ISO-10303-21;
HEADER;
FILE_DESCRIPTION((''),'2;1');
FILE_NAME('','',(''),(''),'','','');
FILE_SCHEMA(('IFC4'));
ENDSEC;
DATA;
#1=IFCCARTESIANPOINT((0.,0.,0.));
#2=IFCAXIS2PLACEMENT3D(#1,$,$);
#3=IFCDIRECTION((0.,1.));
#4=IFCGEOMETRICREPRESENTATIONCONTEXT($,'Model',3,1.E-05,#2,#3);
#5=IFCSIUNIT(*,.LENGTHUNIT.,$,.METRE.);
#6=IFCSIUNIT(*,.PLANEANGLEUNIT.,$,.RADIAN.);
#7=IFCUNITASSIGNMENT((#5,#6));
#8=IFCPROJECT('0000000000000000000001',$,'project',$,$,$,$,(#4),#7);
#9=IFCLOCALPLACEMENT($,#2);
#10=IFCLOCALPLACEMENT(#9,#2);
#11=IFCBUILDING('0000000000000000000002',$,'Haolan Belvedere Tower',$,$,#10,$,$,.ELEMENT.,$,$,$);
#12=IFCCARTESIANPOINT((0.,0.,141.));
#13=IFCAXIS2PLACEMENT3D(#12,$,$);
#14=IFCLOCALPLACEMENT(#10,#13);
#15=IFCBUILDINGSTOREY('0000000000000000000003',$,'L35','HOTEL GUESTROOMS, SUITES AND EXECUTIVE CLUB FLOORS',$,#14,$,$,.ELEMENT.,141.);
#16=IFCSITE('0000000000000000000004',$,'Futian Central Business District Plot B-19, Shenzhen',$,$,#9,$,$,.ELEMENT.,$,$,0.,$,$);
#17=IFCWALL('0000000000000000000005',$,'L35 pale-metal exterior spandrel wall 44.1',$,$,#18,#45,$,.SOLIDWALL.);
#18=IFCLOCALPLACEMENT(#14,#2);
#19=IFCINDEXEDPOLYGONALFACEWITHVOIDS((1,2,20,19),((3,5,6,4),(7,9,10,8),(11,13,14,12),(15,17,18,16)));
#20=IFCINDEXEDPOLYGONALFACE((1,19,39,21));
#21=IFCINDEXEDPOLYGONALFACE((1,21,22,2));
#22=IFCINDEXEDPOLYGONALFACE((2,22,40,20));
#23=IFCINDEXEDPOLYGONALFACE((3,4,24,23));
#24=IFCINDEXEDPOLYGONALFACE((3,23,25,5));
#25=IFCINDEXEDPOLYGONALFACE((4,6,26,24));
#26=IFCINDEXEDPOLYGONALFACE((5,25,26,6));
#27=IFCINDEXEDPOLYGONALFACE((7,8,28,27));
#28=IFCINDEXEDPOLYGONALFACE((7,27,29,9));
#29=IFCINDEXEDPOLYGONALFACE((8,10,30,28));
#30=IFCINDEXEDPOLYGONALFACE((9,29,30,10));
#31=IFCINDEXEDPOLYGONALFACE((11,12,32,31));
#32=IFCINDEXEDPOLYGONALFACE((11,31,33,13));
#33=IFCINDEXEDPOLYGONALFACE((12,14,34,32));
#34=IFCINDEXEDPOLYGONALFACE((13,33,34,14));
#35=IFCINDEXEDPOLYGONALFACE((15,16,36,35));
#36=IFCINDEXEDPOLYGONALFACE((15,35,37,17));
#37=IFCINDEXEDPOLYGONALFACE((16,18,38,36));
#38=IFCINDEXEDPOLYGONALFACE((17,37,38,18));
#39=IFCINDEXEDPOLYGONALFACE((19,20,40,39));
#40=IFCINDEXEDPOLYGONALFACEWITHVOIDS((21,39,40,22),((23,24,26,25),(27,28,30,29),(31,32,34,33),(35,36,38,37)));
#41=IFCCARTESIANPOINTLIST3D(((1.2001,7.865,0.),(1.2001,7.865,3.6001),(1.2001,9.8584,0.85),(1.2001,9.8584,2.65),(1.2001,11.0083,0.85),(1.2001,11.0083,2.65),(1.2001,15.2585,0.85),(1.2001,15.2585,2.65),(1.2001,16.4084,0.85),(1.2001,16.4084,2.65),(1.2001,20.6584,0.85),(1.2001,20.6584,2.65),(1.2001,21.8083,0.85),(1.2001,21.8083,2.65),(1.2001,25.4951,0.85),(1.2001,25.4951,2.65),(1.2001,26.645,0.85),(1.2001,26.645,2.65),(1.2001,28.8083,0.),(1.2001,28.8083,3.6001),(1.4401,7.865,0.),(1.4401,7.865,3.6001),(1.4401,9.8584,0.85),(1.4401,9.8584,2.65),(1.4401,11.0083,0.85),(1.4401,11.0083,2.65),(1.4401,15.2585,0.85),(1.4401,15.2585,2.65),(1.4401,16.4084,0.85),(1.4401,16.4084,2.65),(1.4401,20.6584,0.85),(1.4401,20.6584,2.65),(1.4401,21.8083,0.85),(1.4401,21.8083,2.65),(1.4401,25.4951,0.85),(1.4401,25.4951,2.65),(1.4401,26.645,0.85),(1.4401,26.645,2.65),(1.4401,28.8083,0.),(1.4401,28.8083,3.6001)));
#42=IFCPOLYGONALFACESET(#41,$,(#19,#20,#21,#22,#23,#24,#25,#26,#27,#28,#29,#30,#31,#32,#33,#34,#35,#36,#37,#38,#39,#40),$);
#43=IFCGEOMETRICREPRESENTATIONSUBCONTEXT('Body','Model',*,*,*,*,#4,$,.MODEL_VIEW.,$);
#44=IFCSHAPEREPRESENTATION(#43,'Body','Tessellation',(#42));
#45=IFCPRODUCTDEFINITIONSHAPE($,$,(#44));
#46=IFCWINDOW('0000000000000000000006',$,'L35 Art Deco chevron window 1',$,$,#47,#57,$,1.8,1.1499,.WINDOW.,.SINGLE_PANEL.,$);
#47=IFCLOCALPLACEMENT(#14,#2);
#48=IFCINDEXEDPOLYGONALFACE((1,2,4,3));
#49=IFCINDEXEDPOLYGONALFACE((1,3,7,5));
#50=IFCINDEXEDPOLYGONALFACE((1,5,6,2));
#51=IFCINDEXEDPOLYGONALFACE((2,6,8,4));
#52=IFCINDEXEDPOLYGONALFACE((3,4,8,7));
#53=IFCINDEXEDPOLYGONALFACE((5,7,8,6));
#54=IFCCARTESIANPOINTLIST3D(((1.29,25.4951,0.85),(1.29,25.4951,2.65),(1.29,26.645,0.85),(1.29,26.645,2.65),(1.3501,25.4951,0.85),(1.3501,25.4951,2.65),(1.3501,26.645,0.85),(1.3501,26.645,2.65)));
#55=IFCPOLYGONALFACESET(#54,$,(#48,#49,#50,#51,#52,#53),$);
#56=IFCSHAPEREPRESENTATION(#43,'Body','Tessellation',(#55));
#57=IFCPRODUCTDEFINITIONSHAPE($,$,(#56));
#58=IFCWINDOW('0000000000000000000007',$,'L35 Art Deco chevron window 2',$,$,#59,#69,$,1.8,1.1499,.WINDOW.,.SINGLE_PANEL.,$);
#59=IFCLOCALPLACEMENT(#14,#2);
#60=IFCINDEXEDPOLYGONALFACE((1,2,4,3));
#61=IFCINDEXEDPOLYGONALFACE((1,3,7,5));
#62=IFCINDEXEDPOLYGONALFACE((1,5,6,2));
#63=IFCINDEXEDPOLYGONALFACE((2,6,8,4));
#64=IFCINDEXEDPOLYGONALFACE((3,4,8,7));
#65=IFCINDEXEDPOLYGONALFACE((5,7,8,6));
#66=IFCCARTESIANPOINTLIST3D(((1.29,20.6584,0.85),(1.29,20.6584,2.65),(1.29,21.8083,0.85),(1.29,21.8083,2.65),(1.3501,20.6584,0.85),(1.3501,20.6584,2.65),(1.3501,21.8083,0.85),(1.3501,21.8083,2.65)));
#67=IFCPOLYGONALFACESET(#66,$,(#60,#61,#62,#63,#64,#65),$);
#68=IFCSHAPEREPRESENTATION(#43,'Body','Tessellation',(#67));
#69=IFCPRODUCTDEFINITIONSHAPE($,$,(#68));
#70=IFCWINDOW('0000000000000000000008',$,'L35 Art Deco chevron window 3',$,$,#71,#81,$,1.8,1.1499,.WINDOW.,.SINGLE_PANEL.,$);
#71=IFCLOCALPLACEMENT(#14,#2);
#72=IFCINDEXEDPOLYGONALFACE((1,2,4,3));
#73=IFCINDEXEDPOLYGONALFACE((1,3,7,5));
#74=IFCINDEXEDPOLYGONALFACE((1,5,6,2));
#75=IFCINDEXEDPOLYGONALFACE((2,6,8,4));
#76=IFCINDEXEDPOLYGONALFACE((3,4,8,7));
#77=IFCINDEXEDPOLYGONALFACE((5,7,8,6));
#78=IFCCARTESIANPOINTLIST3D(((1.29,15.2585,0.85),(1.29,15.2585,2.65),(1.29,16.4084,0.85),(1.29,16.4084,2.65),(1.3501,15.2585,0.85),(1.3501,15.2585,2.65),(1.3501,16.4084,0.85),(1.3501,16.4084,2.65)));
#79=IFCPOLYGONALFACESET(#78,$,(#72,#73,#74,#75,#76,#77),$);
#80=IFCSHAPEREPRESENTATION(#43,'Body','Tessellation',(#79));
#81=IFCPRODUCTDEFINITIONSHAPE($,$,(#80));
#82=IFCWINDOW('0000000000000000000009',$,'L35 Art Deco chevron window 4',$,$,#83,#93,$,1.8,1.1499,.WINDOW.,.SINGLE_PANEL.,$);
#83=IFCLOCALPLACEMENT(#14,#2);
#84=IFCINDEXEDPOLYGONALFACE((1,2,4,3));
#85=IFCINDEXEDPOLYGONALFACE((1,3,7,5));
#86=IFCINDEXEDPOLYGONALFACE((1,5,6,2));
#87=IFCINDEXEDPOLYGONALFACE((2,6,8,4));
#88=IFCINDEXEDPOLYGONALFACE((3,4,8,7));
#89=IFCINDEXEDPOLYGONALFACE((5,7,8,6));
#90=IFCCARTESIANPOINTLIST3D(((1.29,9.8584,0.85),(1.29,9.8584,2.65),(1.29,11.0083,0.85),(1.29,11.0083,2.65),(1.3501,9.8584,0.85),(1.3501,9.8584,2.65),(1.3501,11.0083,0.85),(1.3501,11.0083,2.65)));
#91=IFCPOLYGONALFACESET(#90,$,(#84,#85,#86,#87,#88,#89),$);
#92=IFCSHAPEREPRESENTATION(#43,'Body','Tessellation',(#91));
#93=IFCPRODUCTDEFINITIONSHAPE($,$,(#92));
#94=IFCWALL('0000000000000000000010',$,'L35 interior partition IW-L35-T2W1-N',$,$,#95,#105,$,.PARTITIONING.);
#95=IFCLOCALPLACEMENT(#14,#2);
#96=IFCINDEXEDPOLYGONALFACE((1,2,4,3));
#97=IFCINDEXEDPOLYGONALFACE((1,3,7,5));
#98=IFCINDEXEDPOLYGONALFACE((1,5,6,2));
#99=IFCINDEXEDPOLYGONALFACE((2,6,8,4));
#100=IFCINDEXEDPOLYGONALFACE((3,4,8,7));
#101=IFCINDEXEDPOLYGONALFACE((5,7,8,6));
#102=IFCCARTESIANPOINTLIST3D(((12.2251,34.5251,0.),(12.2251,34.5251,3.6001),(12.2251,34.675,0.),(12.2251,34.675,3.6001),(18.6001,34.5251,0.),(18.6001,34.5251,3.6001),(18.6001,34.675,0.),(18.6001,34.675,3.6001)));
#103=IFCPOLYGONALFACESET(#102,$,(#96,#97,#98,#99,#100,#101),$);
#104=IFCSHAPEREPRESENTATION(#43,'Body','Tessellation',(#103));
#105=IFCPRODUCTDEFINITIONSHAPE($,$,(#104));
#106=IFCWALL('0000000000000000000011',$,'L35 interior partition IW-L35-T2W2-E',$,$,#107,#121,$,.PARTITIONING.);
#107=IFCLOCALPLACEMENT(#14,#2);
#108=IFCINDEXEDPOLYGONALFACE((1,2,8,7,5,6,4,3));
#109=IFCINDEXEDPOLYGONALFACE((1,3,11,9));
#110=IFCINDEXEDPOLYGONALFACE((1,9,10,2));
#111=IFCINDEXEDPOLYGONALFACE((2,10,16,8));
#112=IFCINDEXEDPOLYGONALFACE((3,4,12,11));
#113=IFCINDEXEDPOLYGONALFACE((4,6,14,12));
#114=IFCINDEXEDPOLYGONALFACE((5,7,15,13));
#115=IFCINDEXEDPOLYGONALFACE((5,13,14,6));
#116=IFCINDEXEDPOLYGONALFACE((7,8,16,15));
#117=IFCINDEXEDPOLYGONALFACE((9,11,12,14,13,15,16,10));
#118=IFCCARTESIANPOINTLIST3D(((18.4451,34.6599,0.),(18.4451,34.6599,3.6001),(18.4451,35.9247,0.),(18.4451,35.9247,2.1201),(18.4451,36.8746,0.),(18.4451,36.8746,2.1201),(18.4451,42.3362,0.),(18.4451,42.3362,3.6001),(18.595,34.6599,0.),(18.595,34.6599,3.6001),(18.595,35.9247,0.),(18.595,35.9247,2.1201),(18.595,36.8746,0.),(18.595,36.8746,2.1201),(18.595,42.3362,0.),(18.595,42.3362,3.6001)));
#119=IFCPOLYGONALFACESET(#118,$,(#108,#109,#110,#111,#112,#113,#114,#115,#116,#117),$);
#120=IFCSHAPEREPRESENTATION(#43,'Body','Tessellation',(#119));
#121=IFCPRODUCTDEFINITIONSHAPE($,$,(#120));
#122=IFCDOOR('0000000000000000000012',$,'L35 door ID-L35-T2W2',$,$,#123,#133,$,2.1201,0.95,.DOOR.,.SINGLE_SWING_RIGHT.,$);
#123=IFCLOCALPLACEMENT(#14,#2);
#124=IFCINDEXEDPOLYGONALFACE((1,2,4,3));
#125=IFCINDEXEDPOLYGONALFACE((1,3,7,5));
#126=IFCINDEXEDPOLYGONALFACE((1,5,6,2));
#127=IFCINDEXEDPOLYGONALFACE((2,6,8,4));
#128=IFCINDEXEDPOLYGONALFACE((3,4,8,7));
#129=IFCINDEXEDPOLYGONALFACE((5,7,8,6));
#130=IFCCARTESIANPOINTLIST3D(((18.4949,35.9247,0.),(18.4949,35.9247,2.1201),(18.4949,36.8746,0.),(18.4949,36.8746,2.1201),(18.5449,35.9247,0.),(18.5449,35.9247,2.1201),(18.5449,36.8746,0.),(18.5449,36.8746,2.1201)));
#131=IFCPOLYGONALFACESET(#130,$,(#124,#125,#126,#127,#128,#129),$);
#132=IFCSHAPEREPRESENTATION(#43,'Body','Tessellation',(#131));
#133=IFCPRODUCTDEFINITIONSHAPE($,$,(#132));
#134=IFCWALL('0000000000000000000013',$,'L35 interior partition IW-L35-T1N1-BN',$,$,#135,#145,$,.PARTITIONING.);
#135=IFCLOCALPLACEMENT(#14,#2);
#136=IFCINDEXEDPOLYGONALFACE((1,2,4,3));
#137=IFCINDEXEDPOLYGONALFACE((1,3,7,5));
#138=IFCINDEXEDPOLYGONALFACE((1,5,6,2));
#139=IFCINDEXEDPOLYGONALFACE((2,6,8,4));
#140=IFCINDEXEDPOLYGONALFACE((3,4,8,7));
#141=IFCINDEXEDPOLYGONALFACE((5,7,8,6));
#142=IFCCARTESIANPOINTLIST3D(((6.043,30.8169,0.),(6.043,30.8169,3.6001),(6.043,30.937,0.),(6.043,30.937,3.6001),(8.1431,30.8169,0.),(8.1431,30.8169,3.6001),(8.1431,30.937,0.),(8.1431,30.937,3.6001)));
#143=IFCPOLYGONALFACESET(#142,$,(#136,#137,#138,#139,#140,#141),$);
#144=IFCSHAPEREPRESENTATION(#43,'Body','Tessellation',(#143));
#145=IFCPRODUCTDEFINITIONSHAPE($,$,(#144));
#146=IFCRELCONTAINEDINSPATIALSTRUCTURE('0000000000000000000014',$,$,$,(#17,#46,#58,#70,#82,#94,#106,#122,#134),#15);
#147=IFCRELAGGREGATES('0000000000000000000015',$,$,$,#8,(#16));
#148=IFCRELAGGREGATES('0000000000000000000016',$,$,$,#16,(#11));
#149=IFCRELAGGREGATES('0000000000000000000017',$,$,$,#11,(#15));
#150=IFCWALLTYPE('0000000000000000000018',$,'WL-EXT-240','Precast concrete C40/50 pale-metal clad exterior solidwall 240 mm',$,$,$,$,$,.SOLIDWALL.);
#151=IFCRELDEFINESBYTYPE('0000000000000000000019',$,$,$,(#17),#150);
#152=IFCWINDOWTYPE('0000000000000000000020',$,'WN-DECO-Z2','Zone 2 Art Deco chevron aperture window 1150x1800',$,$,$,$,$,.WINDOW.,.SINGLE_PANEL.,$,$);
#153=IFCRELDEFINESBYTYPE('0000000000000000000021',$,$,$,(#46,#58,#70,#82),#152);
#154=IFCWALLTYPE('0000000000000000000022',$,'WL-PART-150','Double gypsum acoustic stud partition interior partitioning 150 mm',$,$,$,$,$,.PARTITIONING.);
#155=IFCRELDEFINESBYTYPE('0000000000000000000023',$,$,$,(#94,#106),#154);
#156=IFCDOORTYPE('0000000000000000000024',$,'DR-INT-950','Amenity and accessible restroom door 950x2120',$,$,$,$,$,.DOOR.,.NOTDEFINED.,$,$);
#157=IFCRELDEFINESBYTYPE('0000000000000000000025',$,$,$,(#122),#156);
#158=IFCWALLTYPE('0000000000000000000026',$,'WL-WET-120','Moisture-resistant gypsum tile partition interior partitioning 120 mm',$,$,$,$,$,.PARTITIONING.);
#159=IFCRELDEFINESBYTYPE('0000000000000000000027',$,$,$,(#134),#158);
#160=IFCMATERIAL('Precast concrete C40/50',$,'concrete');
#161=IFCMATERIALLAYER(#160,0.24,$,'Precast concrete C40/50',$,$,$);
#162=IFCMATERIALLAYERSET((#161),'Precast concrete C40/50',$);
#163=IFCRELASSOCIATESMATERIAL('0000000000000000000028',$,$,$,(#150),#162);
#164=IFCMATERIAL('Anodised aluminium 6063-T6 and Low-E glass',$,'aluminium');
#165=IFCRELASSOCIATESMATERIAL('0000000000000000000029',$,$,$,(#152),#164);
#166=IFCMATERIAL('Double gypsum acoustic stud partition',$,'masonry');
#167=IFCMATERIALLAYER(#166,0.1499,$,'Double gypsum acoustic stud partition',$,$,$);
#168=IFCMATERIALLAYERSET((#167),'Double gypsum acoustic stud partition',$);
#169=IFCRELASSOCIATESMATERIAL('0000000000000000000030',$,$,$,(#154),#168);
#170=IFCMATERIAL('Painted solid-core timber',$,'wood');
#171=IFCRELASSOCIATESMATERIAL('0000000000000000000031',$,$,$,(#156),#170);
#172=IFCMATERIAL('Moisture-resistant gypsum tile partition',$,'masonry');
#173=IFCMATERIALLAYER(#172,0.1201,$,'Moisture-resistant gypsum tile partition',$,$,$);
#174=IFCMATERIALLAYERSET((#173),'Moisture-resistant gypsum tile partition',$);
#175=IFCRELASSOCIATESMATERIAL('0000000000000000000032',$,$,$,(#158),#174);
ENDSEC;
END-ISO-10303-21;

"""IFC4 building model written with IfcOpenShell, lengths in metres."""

from ifc_helpers import new_model, si_unit, direction, frame, frame_2d, origin, place, context, subcontext, project, spatial, rectangle, extrude, material, layer, layer_set, type_object, element, fill, save


model = new_model("IFC4")

# Units and contexts
model_context = context("Model", 3, precision=1e-05, world=origin(), true_north=direction((0.0, 1.0)))
body_context = subcontext(model_context, "Body", "Model", "MODEL_VIEW")
ifc_project = project(units=[si_unit("LENGTHUNIT", "METRE"), si_unit("PLANEANGLEUNIT", "RADIAN")], contexts=[model_context])

# Site, building, storey
site_placement = place(None, origin())
site = spatial("IfcSite", under=ifc_project, at=site_placement, Name="Futian Central Business District Plot B-19, Shenzhen", CompositionType="ELEMENT", RefElevation=0.0)
building_placement = place(site_placement, origin())
building = spatial("IfcBuilding", under=site, at=building_placement, Name="Haolan Belvedere Tower", CompositionType="ELEMENT")
storey_placement = place(building_placement, frame((0.0, 0.0, 141.0)))
storey = spatial("IfcBuildingStorey", under=building, at=storey_placement, Name="L35", Description="HOTEL GUESTROOMS, SUITES AND EXECUTIVE CLUB FLOORS", CompositionType="ELEMENT", Elevation=141.0)

# Shared definitions
ifc_material_1 = material(Name="Precast concrete C40/50", Category="concrete")
ifc_layer_1 = layer(ifc_material_1, 0.24, Name="Precast concrete C40/50")
ifc_layer_set_1 = layer_set([ifc_layer_1], Name="Precast concrete C40/50")
wall_type_1 = type_object("IfcWallType", Name="WL-EXT-240", Description="Precast concrete C40/50 pale-metal clad exterior solidwall 240 mm", PredefinedType="SOLIDWALL", material=ifc_layer_set_1)

# Shared definitions
ifc_material_2 = material(Name="Anodised aluminium 6063-T6 and Low-E glass", Category="aluminium")
window_type = type_object("IfcWindowType", Name="WN-DECO-Z2", Description="Zone 2 Art Deco chevron aperture window 1150x1800", PartitioningType="SINGLE_PANEL", PredefinedType="WINDOW", material=ifc_material_2)

# Wall, openings, windows
wall_1_placement = place(storey_placement, frame((1.3201, 28.8083, 0.0), z_axis=(0.0, 0.0, 1.0), x_axis=(0.0, -1.0, 0.0)))
wall_1 = element("IfcWall", 1, at=wall_1_placement, inside=storey, type_object=wall_type_1, Name="L35 pale-metal exterior spandrel wall 44.1", PredefinedType="SOLIDWALL", context=body_context, shape_type="SweptSolid", body=[
    extrude(rectangle(XDim=20.9434, YDim=0.24, at=frame_2d((10.4717, 0.0))), origin(), (0.0, 0.0, 1.0), 3.6001),
])
opening_1_placement = place(wall_1_placement, frame((2.1633, 0.0, 0.8501)))
opening_1 = element("IfcOpeningElement", 2, at=opening_1_placement, cuts=wall_1, PredefinedType="OPENING", context=body_context, shape_type="SweptSolid", body=[
    extrude(rectangle(XDim=1.1499, YDim=1.8, at=frame_2d((0.575, 0.8999))), frame((0.0, 0.1299, 0.0), z_axis=(0.0, -1.0, 0.0), x_axis=(1.0, 0.0, 0.0)), (0.0, 0.0, 1.0), 0.26),
])
opening_2_placement = place(wall_1_placement, frame((7.0, 0.0, 0.8501)))
opening_2 = element("IfcOpeningElement", 3, at=opening_2_placement, cuts=wall_1, PredefinedType="OPENING", context=body_context, shape_type="SweptSolid", body=[
    extrude(rectangle(XDim=1.1499, YDim=1.8, at=frame_2d((0.575, 0.8999))), frame((0.0, 0.1299, 0.0), z_axis=(0.0, -1.0, 0.0), x_axis=(1.0, 0.0, 0.0)), (0.0, 0.0, 1.0), 0.26),
])
opening_3_placement = place(wall_1_placement, frame((12.3999, 0.0, 0.8501)))
opening_3 = element("IfcOpeningElement", 4, at=opening_3_placement, cuts=wall_1, PredefinedType="OPENING", context=body_context, shape_type="SweptSolid", body=[
    extrude(rectangle(XDim=1.1499, YDim=1.8, at=frame_2d((0.575, 0.8999))), frame((0.0, 0.1299, 0.0), z_axis=(0.0, -1.0, 0.0), x_axis=(1.0, 0.0, 0.0)), (0.0, 0.0, 1.0), 0.26),
])
opening_4_placement = place(wall_1_placement, frame((17.8, 0.0, 0.8501)))
opening_4 = element("IfcOpeningElement", 5, at=opening_4_placement, cuts=wall_1, PredefinedType="OPENING", context=body_context, shape_type="SweptSolid", body=[
    extrude(rectangle(XDim=1.1499, YDim=1.8, at=frame_2d((0.575, 0.8999))), frame((0.0, 0.1299, 0.0), z_axis=(0.0, -1.0, 0.0), x_axis=(1.0, 0.0, 0.0)), (0.0, 0.0, 1.0), 0.26),
])
window_1_placement = place(opening_1_placement, origin())
window_1 = element("IfcWindow", 6, at=window_1_placement, inside=storey, type_object=window_type, Name="L35 Art Deco chevron window 1", OverallHeight=1.8, OverallWidth=1.1499, PartitioningType="SINGLE_PANEL", PredefinedType="WINDOW", context=body_context, shape_type="SweptSolid", body=[
    extrude(rectangle(XDim=1.1499, YDim=1.8, at=frame_2d((0.575, 0.8999))), frame((0.0, 0.03, 0.0), z_axis=(0.0, -1.0, 0.0), x_axis=(1.0, 0.0, 0.0)), (0.0, 0.0, 1.0), 0.0601),
])
fill(opening_1, window_1)
window_2_placement = place(opening_2_placement, origin())
window_2 = element("IfcWindow", 7, at=window_2_placement, inside=storey, type_object=window_type, Name="L35 Art Deco chevron window 2", OverallHeight=1.8, OverallWidth=1.1499, PartitioningType="SINGLE_PANEL", PredefinedType="WINDOW", context=body_context, shape_type="SweptSolid", body=[
    extrude(rectangle(XDim=1.1499, YDim=1.8, at=frame_2d((0.575, 0.8999))), frame((0.0, 0.03, 0.0), z_axis=(0.0, -1.0, 0.0), x_axis=(1.0, 0.0, 0.0)), (0.0, 0.0, 1.0), 0.0601),
])
fill(opening_2, window_2)
window_3_placement = place(opening_3_placement, origin())
window_3 = element("IfcWindow", 8, at=window_3_placement, inside=storey, type_object=window_type, Name="L35 Art Deco chevron window 3", OverallHeight=1.8, OverallWidth=1.1499, PartitioningType="SINGLE_PANEL", PredefinedType="WINDOW", context=body_context, shape_type="SweptSolid", body=[
    extrude(rectangle(XDim=1.1499, YDim=1.8, at=frame_2d((0.575, 0.8999))), frame((0.0, 0.03, 0.0), z_axis=(0.0, -1.0, 0.0), x_axis=(1.0, 0.0, 0.0)), (0.0, 0.0, 1.0), 0.0601),
])
fill(opening_3, window_3)
window_4_placement = place(opening_4_placement, origin())
window_4 = element("IfcWindow", 9, at=window_4_placement, inside=storey, type_object=window_type, Name="L35 Art Deco chevron window 4", OverallHeight=1.8, OverallWidth=1.1499, PartitioningType="SINGLE_PANEL", PredefinedType="WINDOW", context=body_context, shape_type="SweptSolid", body=[
    extrude(rectangle(XDim=1.1499, YDim=1.8, at=frame_2d((0.575, 0.8999))), frame((0.0, 0.03, 0.0), z_axis=(0.0, -1.0, 0.0), x_axis=(1.0, 0.0, 0.0)), (0.0, 0.0, 1.0), 0.0601),
])
fill(opening_4, window_4)

# Wall
ifc_material_3 = material(Name="Double gypsum acoustic stud partition", Category="masonry")
ifc_layer_2 = layer(ifc_material_3, 0.1499, Name="Double gypsum acoustic stud partition")
ifc_layer_set_2 = layer_set([ifc_layer_2], Name="Double gypsum acoustic stud partition")
wall_type_2 = type_object("IfcWallType", Name="WL-PART-150", Description="Double gypsum acoustic stud partition interior partitioning 150 mm", PredefinedType="PARTITIONING", material=ifc_layer_set_2)
wall_2_placement = place(storey_placement, frame((12.2251, 34.6001, 0.0), z_axis=(0.0, 0.0, 1.0), x_axis=(1.0, 0.0, 0.0)))
element("IfcWall", 10, at=wall_2_placement, inside=storey, type_object=wall_type_2, Name="L35 interior partition IW-L35-T2W1-N", PredefinedType="PARTITIONING", context=body_context, shape_type="SweptSolid", body=[
    extrude(rectangle(XDim=6.375, YDim=0.1499, at=frame_2d((3.1875, 0.0))), origin(), (0.0, 0.0, 1.0), 3.6001),
])

# Wall, opening, door
wall_3_placement = place(storey_placement, frame((18.52, 34.6599, 0.0), z_axis=(0.0, 0.0, 1.0), x_axis=(0.0, 1.0, 0.0)))
wall_3 = element("IfcWall", 11, at=wall_3_placement, inside=storey, type_object=wall_type_2, Name="L35 interior partition IW-L35-T2W2-E", PredefinedType="PARTITIONING", context=body_context, shape_type="SweptSolid", body=[
    extrude(rectangle(XDim=7.6763, YDim=0.1499, at=frame_2d((3.8381, 0.0))), origin(), (0.0, 0.0, 1.0), 3.6001),
])
opening_5_placement = place(wall_3_placement, frame((2.2148, 0.0, 0.0), z_axis=(0.0, 0.0, 1.0), x_axis=(-1.0, 0.0, 0.0)))
opening_5 = element("IfcOpeningElement", 12, at=opening_5_placement, cuts=wall_3, PredefinedType="OPENING", context=body_context, shape_type="SweptSolid", body=[
    extrude(rectangle(XDim=0.95, YDim=2.1201, at=frame_2d((0.4751, 1.0601))), frame((0.0, 0.085, 0.0), z_axis=(0.0, -1.0, 0.0), x_axis=(1.0, 0.0, 0.0)), (0.0, 0.0, 1.0), 0.1699),
])
ifc_material_4 = material(Name="Painted solid-core timber", Category="wood")
door_type_1 = type_object("IfcDoorType", Name="DR-INT-950", Description="Amenity and accessible restroom door 950x2120", OperationType="NOTDEFINED", PredefinedType="DOOR", material=ifc_material_4)
door_1_placement = place(opening_5_placement, origin())
door_1 = element("IfcDoor", 13, at=door_1_placement, inside=storey, type_object=door_type_1, Name="L35 door ID-L35-T2W2", OperationType="SINGLE_SWING_RIGHT", OverallHeight=2.1201, OverallWidth=0.95, PredefinedType="DOOR", context=body_context, shape_type="SweptSolid", body=[
    extrude(rectangle(XDim=0.95, YDim=2.1201, at=frame_2d((0.4751, 1.0601))), frame((0.0, 0.0249, 0.0), z_axis=(0.0, -1.0, 0.0), x_axis=(1.0, 0.0, 0.0)), (0.0, 0.0, 1.0), 0.05),
])
fill(opening_5, door_1)

# Wall
ifc_material_5 = material(Name="Moisture-resistant gypsum tile partition", Category="masonry")
ifc_layer_3 = layer(ifc_material_5, 0.1201, Name="Moisture-resistant gypsum tile partition")
ifc_layer_set_3 = layer_set([ifc_layer_3], Name="Moisture-resistant gypsum tile partition")
wall_type_3 = type_object("IfcWallType", Name="WL-WET-120", Description="Moisture-resistant gypsum tile partition interior partitioning 120 mm", PredefinedType="PARTITIONING", material=ifc_layer_set_3)
wall_4_placement = place(storey_placement, frame((6.043, 30.877, 0.0), z_axis=(0.0, 0.0, 1.0), x_axis=(1.0, 0.0, 0.0)))
element("IfcWall", 14, at=wall_4_placement, inside=storey, type_object=wall_type_3, Name="L35 interior partition IW-L35-T1N1-BN", PredefinedType="PARTITIONING", context=body_context, shape_type="SweptSolid", body=[
    extrude(rectangle(XDim=2.1001, YDim=0.1201, at=frame_2d((1.05, 0.0))), origin(), (0.0, 0.0, 1.0), 3.6001),
])

save(model, "model.ifc")
